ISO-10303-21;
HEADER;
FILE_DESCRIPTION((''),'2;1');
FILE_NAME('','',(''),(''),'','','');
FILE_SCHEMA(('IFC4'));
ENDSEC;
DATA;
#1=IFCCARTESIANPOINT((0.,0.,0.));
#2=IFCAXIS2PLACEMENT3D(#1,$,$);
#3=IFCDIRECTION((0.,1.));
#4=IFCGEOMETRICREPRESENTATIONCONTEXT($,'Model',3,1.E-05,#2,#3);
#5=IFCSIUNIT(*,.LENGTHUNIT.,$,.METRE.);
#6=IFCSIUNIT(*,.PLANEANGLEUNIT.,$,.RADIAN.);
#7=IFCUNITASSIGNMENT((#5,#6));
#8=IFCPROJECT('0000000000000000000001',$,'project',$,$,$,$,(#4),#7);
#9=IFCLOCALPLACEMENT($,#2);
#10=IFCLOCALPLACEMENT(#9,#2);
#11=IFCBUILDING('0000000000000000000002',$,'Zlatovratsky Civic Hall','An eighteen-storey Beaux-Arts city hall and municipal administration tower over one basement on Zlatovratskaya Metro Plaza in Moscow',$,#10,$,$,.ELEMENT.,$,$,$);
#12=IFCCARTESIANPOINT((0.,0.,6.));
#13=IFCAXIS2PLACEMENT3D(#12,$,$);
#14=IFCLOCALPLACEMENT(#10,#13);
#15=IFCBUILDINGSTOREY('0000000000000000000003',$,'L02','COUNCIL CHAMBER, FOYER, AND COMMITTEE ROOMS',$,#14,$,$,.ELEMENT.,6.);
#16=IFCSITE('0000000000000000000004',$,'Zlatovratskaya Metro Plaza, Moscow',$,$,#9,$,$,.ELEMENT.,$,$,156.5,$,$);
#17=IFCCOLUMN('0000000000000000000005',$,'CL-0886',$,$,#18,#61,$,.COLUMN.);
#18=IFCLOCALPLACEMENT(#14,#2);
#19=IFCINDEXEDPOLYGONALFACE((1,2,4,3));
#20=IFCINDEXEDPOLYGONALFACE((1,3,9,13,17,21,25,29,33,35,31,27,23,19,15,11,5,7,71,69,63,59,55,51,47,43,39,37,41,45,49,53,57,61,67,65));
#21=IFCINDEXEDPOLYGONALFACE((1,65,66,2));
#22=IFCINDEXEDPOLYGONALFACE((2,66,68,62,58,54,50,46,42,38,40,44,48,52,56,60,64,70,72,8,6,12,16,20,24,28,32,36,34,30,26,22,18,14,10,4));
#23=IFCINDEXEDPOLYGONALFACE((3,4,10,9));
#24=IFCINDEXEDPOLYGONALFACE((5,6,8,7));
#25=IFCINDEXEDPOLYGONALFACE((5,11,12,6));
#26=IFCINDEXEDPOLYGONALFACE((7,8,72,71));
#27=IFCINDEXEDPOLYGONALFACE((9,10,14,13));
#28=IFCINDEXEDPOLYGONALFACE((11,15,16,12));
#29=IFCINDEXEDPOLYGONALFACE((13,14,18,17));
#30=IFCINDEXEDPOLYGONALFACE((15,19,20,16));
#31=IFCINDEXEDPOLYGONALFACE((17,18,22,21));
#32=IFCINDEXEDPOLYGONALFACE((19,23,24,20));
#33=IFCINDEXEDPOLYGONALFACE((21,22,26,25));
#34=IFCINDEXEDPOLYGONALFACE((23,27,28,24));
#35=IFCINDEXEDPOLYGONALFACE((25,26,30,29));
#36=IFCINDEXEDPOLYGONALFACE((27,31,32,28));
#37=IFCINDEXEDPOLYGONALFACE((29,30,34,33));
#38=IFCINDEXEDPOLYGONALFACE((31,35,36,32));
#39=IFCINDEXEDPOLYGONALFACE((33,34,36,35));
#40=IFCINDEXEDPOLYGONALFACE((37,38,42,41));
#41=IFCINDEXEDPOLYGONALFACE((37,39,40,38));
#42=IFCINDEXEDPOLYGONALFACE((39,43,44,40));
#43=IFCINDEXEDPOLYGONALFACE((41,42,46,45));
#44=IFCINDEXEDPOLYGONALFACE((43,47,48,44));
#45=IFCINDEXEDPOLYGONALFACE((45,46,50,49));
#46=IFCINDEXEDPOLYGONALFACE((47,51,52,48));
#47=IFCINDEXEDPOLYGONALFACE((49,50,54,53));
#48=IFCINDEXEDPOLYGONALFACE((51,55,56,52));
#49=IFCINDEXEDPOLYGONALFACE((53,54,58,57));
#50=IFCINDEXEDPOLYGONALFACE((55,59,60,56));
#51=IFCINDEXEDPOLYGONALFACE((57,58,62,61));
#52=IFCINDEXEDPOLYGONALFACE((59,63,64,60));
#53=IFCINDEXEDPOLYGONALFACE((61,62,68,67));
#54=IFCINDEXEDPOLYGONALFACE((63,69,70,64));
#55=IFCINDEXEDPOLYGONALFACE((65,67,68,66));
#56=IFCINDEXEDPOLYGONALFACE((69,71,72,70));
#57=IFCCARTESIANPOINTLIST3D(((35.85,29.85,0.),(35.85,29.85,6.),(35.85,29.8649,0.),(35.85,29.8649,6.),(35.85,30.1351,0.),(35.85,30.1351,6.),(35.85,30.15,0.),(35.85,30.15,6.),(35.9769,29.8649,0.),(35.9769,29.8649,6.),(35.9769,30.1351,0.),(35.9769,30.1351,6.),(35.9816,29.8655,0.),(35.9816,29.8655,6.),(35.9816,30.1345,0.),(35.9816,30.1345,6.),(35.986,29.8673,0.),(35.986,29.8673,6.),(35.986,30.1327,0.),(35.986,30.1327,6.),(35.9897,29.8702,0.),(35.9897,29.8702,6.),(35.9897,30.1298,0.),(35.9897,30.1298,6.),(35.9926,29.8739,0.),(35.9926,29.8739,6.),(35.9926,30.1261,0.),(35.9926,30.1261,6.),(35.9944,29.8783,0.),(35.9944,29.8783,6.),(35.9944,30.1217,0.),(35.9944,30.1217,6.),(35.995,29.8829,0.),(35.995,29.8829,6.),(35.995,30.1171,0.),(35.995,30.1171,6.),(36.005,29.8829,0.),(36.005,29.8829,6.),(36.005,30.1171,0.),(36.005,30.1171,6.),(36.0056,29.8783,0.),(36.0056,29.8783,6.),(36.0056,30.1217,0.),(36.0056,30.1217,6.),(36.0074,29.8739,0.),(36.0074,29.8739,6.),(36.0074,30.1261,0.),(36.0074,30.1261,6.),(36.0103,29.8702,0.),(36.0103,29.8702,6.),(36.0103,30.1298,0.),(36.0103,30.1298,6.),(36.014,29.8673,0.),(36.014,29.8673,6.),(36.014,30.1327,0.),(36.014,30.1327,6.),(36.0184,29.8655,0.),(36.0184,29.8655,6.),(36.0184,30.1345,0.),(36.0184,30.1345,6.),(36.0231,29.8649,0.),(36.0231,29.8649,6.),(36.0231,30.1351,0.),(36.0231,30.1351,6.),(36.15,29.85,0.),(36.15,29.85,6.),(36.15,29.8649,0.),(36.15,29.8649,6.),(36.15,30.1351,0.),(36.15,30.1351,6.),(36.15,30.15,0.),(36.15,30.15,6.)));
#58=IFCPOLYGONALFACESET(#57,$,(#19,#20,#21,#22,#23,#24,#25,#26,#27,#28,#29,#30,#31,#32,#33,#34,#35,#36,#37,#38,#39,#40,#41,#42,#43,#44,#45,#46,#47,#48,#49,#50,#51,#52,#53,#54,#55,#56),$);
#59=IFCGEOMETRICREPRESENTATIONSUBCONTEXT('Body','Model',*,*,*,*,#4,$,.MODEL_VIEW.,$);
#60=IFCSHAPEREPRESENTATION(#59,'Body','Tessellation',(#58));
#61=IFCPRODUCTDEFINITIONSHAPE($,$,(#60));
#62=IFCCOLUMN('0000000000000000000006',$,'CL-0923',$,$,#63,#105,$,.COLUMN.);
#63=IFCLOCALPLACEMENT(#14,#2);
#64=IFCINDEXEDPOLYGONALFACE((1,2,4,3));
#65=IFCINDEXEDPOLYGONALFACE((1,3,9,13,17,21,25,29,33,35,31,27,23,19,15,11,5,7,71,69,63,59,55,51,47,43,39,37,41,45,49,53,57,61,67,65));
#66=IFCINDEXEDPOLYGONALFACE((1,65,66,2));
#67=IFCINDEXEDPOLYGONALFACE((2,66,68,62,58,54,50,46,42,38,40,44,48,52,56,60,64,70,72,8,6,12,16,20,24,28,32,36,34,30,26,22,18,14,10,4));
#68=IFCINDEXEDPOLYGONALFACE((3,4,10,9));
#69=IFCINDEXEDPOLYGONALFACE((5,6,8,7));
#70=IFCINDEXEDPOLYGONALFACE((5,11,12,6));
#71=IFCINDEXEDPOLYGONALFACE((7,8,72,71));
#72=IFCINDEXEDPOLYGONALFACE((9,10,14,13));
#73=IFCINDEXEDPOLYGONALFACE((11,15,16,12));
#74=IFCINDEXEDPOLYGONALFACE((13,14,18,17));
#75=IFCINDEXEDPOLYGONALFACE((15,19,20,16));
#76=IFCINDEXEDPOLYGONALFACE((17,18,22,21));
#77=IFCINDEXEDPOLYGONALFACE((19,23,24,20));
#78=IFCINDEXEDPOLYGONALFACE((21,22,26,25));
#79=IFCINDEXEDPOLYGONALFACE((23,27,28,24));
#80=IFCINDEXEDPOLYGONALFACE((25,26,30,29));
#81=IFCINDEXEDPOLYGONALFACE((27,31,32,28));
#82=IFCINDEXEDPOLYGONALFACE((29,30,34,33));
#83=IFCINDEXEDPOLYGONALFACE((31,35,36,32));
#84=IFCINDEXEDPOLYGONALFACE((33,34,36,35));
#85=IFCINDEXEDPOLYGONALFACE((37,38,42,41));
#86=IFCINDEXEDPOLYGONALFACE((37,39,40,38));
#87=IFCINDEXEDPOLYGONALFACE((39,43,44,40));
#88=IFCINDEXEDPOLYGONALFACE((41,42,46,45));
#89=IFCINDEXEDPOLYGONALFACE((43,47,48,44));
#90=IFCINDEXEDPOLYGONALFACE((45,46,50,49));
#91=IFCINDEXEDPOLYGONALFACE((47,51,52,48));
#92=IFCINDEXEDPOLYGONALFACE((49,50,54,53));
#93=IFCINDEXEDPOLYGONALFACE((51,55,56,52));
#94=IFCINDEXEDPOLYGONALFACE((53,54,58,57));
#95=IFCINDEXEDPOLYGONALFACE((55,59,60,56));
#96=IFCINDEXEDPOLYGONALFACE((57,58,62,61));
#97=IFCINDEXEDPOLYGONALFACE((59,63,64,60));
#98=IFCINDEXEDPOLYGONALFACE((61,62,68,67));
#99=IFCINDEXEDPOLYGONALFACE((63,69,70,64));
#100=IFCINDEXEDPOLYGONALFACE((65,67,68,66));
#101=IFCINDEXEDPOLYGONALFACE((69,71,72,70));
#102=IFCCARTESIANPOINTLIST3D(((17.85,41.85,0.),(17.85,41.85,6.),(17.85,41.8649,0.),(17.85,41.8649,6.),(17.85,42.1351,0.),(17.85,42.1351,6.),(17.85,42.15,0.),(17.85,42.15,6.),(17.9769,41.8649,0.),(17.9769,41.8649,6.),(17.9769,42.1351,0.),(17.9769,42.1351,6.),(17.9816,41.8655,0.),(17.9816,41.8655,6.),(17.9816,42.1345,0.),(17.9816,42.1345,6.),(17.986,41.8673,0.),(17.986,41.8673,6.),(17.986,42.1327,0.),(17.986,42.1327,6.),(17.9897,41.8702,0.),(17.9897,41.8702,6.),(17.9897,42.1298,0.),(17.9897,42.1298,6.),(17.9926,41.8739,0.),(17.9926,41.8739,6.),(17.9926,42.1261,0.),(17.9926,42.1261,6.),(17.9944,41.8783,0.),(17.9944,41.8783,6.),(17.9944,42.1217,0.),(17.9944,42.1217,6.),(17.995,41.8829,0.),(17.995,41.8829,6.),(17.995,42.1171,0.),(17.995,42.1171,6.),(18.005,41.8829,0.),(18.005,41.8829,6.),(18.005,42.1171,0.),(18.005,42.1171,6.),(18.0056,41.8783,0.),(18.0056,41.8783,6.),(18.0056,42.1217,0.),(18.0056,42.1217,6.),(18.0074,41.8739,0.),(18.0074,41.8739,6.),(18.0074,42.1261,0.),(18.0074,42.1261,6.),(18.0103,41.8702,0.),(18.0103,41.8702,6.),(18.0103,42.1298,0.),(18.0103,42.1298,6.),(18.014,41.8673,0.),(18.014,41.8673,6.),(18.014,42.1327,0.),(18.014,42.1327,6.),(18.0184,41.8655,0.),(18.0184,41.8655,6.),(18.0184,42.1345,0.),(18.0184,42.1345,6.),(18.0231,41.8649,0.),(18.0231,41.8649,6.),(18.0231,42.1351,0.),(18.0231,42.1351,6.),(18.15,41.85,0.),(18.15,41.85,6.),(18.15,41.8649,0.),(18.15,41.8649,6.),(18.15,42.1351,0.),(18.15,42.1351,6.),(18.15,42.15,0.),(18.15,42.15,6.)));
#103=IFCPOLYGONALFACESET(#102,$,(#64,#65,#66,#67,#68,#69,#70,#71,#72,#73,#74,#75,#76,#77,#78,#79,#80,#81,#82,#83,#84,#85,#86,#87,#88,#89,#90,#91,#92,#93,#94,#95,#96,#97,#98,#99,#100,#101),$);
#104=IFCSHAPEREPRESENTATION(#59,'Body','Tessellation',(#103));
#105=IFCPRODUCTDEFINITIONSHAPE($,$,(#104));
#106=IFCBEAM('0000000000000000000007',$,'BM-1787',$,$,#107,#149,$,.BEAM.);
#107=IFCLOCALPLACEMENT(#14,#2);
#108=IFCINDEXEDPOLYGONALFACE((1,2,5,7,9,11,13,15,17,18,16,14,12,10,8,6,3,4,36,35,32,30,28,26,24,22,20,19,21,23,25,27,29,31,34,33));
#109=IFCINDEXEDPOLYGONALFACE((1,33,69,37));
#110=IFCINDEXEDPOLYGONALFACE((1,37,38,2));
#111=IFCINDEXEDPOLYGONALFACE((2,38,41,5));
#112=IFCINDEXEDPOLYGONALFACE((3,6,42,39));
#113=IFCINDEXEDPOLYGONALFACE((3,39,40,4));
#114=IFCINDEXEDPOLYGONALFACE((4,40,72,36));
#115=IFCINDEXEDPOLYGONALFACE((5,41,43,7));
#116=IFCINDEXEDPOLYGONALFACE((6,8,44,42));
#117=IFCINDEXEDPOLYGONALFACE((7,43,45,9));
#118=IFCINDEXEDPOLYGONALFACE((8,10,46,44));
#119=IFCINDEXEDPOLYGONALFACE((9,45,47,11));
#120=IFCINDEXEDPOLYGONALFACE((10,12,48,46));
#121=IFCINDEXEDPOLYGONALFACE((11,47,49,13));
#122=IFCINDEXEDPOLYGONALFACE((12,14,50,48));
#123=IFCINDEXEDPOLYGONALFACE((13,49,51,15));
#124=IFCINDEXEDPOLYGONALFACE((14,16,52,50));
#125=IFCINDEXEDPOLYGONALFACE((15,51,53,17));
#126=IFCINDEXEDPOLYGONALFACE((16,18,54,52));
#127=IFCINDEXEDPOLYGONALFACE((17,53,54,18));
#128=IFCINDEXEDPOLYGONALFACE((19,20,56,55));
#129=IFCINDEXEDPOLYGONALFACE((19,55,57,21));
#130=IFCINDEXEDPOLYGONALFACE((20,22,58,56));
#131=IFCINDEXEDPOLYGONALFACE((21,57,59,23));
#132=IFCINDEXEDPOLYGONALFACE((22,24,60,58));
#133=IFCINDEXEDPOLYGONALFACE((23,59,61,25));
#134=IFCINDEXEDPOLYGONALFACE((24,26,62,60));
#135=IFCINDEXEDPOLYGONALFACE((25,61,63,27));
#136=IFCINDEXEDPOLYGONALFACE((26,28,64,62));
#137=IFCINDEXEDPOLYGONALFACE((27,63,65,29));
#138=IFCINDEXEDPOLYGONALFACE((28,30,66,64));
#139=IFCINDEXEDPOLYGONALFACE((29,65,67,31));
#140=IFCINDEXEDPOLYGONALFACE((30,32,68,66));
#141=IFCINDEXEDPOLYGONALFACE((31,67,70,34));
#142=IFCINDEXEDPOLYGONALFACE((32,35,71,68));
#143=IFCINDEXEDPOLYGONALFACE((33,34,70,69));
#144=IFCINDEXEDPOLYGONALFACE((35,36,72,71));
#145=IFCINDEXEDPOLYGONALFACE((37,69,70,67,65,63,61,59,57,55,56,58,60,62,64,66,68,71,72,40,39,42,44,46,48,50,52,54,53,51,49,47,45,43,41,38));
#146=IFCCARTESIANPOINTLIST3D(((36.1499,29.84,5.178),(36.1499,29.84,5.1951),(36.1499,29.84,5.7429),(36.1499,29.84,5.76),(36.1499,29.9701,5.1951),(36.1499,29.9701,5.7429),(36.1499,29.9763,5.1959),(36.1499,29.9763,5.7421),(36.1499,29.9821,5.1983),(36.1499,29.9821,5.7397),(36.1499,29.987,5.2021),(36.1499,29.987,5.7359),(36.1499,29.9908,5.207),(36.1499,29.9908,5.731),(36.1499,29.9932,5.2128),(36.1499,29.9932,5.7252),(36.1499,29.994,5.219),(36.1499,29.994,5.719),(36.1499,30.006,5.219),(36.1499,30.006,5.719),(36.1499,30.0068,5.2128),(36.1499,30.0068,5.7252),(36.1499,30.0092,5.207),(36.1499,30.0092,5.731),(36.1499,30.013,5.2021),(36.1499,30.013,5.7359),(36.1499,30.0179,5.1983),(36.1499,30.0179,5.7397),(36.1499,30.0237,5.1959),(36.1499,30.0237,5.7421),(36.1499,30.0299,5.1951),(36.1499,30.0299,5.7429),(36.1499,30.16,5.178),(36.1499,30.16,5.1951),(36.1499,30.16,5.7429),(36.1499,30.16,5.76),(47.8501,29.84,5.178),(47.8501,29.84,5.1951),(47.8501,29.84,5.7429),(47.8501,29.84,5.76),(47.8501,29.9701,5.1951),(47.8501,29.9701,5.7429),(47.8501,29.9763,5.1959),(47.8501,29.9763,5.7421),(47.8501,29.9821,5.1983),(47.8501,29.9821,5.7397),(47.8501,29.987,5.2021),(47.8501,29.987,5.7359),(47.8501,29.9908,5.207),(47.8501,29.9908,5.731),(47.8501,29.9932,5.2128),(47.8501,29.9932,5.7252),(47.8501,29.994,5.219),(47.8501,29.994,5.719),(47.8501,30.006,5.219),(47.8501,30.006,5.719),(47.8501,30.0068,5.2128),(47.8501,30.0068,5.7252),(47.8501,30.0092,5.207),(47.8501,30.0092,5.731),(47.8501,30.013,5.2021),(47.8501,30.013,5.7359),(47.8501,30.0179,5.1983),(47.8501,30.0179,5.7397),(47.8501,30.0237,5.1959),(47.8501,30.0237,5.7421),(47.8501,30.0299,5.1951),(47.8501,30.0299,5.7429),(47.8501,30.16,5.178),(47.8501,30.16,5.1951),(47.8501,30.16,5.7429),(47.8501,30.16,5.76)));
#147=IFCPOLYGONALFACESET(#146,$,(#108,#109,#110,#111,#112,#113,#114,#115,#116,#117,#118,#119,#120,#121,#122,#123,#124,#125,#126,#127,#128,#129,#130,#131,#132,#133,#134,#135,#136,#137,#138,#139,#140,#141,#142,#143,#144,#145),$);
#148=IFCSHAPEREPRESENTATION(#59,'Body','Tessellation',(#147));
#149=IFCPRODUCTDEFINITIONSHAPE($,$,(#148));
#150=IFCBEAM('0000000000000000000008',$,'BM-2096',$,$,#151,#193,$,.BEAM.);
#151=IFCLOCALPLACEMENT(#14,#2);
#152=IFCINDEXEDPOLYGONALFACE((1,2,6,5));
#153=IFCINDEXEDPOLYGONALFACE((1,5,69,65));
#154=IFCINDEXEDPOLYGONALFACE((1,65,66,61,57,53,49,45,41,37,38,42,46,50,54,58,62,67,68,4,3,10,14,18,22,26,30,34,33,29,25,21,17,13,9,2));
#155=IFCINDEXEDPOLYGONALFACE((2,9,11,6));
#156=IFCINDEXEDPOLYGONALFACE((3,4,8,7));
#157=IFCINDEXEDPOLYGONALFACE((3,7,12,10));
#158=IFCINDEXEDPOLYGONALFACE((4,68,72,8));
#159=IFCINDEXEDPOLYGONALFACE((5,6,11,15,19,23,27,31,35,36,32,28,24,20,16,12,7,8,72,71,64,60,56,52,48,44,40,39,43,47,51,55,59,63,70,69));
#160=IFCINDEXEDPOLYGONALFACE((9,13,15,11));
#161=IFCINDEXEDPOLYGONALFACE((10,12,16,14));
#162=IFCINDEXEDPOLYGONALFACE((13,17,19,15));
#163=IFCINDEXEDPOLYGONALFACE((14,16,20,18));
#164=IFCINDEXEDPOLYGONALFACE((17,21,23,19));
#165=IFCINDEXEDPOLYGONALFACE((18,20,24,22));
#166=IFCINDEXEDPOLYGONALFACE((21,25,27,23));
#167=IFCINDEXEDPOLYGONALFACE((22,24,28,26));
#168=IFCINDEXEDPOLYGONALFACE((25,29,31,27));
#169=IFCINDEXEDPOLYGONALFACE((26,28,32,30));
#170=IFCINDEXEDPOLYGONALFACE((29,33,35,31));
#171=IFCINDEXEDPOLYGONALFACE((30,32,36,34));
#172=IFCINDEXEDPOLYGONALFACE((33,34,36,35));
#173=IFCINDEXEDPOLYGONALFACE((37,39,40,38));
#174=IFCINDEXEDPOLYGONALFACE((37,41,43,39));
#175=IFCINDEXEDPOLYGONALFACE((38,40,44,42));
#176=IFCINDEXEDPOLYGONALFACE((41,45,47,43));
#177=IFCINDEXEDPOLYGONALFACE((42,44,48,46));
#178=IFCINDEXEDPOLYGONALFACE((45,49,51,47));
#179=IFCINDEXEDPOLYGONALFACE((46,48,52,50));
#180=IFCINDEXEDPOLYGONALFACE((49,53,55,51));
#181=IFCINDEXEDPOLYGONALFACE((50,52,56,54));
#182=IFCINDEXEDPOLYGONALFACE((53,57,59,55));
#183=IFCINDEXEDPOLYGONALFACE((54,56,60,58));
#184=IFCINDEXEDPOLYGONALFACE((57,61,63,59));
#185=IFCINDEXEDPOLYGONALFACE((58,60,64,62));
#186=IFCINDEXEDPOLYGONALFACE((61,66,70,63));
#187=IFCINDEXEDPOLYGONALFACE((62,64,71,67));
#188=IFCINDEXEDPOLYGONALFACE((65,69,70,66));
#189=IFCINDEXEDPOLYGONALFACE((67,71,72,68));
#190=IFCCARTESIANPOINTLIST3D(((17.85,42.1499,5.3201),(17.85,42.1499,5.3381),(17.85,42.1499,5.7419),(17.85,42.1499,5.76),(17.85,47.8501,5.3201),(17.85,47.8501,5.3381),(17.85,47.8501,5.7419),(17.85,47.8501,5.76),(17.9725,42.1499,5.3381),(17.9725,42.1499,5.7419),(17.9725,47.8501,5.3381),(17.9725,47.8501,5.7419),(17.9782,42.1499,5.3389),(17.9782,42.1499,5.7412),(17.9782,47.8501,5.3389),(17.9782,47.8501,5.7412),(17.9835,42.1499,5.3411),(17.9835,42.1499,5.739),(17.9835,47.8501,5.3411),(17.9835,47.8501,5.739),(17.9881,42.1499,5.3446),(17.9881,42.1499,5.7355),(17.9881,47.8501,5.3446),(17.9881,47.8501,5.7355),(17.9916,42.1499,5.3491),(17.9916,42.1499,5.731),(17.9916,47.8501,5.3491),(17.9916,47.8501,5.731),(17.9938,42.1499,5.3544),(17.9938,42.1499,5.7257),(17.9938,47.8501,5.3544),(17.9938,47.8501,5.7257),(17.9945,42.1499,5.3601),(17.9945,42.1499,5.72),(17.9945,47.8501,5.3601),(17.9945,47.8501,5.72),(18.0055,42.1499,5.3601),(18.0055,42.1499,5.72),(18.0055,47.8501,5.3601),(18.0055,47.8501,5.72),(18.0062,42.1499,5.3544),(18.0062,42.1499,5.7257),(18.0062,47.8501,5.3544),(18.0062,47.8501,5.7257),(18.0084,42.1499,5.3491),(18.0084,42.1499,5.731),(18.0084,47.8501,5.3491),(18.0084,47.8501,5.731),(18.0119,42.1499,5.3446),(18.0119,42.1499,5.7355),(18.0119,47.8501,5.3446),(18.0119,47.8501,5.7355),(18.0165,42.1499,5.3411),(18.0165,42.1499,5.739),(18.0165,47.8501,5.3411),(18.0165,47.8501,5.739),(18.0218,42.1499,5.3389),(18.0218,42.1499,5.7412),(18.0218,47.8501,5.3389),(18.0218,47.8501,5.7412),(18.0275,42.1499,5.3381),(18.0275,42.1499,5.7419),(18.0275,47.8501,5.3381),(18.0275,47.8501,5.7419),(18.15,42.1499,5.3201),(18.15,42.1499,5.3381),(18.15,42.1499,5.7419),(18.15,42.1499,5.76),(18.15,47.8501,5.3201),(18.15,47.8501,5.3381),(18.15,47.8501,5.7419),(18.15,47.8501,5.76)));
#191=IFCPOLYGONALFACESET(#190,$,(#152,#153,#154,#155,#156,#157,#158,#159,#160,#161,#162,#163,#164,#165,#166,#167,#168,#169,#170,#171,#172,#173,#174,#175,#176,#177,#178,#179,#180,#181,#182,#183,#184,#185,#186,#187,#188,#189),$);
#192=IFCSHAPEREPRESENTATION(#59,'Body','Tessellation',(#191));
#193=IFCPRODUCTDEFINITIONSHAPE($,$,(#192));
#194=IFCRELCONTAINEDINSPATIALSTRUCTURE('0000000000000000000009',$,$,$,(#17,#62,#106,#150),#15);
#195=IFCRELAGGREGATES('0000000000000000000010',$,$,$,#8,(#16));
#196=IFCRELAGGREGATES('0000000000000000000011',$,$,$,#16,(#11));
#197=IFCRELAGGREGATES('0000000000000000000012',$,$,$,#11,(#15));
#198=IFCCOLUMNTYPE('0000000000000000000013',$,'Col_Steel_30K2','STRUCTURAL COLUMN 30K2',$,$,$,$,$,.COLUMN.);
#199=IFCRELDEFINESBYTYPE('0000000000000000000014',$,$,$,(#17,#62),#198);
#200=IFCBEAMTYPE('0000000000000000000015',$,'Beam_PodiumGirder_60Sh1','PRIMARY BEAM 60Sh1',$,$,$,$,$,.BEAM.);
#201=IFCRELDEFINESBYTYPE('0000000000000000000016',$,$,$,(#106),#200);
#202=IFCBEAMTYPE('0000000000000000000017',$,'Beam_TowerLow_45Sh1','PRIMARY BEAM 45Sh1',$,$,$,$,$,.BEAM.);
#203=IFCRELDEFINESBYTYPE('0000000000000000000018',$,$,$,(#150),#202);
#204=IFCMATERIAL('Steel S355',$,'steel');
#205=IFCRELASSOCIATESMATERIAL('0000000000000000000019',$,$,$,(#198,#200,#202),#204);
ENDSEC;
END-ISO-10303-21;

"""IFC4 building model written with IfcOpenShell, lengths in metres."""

from ifc_helpers import new_model, si_unit, direction, frame, origin, origin_2d, place, context, subcontext, project, spatial, i_section, extrude, material, material_profile, profile_set, type_object, element, save


model = new_model("IFC4")

# Units and contexts
model_context = context("Model", 3, precision=1e-05, world=origin(), true_north=direction((0.0, 1.0)))
body_context = subcontext(model_context, "Body", "Model", "MODEL_VIEW")
ifc_project = project(units=[si_unit("LENGTHUNIT", "METRE"), si_unit("PLANEANGLEUNIT", "RADIAN")], contexts=[model_context])

# Site, building, storey
site_placement = place(None, origin())
site = spatial("IfcSite", under=ifc_project, at=site_placement, Name="Zlatovratskaya Metro Plaza, Moscow", CompositionType="ELEMENT", RefElevation=156.5)
building_placement = place(site_placement, origin())
building = spatial("IfcBuilding", under=site, at=building_placement, Name="Zlatovratsky Civic Hall", Description="An eighteen-storey Beaux-Arts city hall and municipal administration tower over one basement on Zlatovratskaya Metro Plaza in Moscow", CompositionType="ELEMENT")
storey_placement = place(building_placement, frame((0.0, 0.0, 6.0)))
storey = spatial("IfcBuildingStorey", under=building, at=storey_placement, Name="L02", Description="COUNCIL CHAMBER, FOYER, AND COMMITTEE ROOMS", CompositionType="ELEMENT", Elevation=6.0)

# Columns
ifc_material_1 = material(Name="Steel S355", Category="steel")
ifc_material_profile_1 = material_profile(ifc_material_1, i_section(OverallWidth=0.3, OverallDepth=0.3, WebThickness=0.01, FlangeThickness=0.0149, FilletRadius=0.0181, at=origin_2d()), Name="30K2")
ifc_profile_set_1 = profile_set([ifc_material_profile_1], Name="Steel S355")
column_type = type_object("IfcColumnType", Name="Col_Steel_30K2", Description="STRUCTURAL COLUMN 30K2", PredefinedType="COLUMN", material=ifc_profile_set_1)
for number, where, z_axis, x_axis, name in (
    (1, (36.0, 30.0, 0.0), (0.0, 0.0, 1.0), (1.0, 0.0, 0.0), "CL-0886"),
    (2, (18.0, 42.0, 0.0), (0.0, 0.0, 1.0), (1.0, 0.0, 0.0), "CL-0923"),
):
    element("IfcColumn", number, at=place(storey_placement, frame(where, z_axis=z_axis, x_axis=x_axis)), inside=storey, type_object=column_type, Name=name, PredefinedType="COLUMN", context=body_context, shape_type="SweptSolid", body=[
        extrude(i_section(OverallWidth=0.3, OverallDepth=0.3, WebThickness=0.01, FlangeThickness=0.0149, FilletRadius=0.0181, at=origin_2d()), origin(), (0.0, 0.0, 1.0), 6.0),
    ])

# Beams
ifc_material_profile_2 = material_profile(ifc_material_1, i_section(OverallWidth=0.3201, OverallDepth=0.582, WebThickness=0.012, FlangeThickness=0.0171, FilletRadius=0.0239, at=origin_2d()), Name="60Sh1")
ifc_profile_set_2 = profile_set([ifc_material_profile_2], Name="Steel S355")
beam_type_1 = type_object("IfcBeamType", Name="Beam_PodiumGirder_60Sh1", Description="PRIMARY BEAM 60Sh1", PredefinedType="BEAM", material=ifc_profile_set_2)
beam_1_placement = place(storey_placement, frame((36.1499, 30.0, 5.469), z_axis=(1.0, 0.0, 0.0), x_axis=(0.0, 1.0, 0.0)))
element("IfcBeam", 3, at=beam_1_placement, inside=storey, type_object=beam_type_1, Name="BM-1787", PredefinedType="BEAM", context=body_context, shape_type="SweptSolid", body=[
    extrude(i_section(OverallWidth=0.3201, OverallDepth=0.582, WebThickness=0.012, FlangeThickness=0.0171, FilletRadius=0.0239, at=origin_2d()), origin(), (0.0, 0.0, 1.0), 11.7002),
])
ifc_material_profile_3 = material_profile(ifc_material_1, i_section(OverallWidth=0.3, OverallDepth=0.4399, WebThickness=0.011, FlangeThickness=0.0181, FilletRadius=0.022, at=origin_2d()), Name="45Sh1")
ifc_profile_set_3 = profile_set([ifc_material_profile_3], Name="Steel S355")
beam_type_2 = type_object("IfcBeamType", Name="Beam_TowerLow_45Sh1", Description="PRIMARY BEAM 45Sh1", PredefinedType="BEAM", material=ifc_profile_set_3)
beam_2_placement = place(storey_placement, frame((18.0, 42.1499, 5.54), z_axis=(0.0, 1.0, 0.0), x_axis=(-1.0, 0.0, 0.0)))
element("IfcBeam", 4, at=beam_2_placement, inside=storey, type_object=beam_type_2, Name="BM-2096", PredefinedType="BEAM", context=body_context, shape_type="SweptSolid", body=[
    extrude(i_section(OverallWidth=0.3, OverallDepth=0.4399, WebThickness=0.011, FlangeThickness=0.0181, FilletRadius=0.022, at=origin_2d()), origin(), (0.0, 0.0, 1.0), 5.7002),
])

save(model, "model.ifc")
